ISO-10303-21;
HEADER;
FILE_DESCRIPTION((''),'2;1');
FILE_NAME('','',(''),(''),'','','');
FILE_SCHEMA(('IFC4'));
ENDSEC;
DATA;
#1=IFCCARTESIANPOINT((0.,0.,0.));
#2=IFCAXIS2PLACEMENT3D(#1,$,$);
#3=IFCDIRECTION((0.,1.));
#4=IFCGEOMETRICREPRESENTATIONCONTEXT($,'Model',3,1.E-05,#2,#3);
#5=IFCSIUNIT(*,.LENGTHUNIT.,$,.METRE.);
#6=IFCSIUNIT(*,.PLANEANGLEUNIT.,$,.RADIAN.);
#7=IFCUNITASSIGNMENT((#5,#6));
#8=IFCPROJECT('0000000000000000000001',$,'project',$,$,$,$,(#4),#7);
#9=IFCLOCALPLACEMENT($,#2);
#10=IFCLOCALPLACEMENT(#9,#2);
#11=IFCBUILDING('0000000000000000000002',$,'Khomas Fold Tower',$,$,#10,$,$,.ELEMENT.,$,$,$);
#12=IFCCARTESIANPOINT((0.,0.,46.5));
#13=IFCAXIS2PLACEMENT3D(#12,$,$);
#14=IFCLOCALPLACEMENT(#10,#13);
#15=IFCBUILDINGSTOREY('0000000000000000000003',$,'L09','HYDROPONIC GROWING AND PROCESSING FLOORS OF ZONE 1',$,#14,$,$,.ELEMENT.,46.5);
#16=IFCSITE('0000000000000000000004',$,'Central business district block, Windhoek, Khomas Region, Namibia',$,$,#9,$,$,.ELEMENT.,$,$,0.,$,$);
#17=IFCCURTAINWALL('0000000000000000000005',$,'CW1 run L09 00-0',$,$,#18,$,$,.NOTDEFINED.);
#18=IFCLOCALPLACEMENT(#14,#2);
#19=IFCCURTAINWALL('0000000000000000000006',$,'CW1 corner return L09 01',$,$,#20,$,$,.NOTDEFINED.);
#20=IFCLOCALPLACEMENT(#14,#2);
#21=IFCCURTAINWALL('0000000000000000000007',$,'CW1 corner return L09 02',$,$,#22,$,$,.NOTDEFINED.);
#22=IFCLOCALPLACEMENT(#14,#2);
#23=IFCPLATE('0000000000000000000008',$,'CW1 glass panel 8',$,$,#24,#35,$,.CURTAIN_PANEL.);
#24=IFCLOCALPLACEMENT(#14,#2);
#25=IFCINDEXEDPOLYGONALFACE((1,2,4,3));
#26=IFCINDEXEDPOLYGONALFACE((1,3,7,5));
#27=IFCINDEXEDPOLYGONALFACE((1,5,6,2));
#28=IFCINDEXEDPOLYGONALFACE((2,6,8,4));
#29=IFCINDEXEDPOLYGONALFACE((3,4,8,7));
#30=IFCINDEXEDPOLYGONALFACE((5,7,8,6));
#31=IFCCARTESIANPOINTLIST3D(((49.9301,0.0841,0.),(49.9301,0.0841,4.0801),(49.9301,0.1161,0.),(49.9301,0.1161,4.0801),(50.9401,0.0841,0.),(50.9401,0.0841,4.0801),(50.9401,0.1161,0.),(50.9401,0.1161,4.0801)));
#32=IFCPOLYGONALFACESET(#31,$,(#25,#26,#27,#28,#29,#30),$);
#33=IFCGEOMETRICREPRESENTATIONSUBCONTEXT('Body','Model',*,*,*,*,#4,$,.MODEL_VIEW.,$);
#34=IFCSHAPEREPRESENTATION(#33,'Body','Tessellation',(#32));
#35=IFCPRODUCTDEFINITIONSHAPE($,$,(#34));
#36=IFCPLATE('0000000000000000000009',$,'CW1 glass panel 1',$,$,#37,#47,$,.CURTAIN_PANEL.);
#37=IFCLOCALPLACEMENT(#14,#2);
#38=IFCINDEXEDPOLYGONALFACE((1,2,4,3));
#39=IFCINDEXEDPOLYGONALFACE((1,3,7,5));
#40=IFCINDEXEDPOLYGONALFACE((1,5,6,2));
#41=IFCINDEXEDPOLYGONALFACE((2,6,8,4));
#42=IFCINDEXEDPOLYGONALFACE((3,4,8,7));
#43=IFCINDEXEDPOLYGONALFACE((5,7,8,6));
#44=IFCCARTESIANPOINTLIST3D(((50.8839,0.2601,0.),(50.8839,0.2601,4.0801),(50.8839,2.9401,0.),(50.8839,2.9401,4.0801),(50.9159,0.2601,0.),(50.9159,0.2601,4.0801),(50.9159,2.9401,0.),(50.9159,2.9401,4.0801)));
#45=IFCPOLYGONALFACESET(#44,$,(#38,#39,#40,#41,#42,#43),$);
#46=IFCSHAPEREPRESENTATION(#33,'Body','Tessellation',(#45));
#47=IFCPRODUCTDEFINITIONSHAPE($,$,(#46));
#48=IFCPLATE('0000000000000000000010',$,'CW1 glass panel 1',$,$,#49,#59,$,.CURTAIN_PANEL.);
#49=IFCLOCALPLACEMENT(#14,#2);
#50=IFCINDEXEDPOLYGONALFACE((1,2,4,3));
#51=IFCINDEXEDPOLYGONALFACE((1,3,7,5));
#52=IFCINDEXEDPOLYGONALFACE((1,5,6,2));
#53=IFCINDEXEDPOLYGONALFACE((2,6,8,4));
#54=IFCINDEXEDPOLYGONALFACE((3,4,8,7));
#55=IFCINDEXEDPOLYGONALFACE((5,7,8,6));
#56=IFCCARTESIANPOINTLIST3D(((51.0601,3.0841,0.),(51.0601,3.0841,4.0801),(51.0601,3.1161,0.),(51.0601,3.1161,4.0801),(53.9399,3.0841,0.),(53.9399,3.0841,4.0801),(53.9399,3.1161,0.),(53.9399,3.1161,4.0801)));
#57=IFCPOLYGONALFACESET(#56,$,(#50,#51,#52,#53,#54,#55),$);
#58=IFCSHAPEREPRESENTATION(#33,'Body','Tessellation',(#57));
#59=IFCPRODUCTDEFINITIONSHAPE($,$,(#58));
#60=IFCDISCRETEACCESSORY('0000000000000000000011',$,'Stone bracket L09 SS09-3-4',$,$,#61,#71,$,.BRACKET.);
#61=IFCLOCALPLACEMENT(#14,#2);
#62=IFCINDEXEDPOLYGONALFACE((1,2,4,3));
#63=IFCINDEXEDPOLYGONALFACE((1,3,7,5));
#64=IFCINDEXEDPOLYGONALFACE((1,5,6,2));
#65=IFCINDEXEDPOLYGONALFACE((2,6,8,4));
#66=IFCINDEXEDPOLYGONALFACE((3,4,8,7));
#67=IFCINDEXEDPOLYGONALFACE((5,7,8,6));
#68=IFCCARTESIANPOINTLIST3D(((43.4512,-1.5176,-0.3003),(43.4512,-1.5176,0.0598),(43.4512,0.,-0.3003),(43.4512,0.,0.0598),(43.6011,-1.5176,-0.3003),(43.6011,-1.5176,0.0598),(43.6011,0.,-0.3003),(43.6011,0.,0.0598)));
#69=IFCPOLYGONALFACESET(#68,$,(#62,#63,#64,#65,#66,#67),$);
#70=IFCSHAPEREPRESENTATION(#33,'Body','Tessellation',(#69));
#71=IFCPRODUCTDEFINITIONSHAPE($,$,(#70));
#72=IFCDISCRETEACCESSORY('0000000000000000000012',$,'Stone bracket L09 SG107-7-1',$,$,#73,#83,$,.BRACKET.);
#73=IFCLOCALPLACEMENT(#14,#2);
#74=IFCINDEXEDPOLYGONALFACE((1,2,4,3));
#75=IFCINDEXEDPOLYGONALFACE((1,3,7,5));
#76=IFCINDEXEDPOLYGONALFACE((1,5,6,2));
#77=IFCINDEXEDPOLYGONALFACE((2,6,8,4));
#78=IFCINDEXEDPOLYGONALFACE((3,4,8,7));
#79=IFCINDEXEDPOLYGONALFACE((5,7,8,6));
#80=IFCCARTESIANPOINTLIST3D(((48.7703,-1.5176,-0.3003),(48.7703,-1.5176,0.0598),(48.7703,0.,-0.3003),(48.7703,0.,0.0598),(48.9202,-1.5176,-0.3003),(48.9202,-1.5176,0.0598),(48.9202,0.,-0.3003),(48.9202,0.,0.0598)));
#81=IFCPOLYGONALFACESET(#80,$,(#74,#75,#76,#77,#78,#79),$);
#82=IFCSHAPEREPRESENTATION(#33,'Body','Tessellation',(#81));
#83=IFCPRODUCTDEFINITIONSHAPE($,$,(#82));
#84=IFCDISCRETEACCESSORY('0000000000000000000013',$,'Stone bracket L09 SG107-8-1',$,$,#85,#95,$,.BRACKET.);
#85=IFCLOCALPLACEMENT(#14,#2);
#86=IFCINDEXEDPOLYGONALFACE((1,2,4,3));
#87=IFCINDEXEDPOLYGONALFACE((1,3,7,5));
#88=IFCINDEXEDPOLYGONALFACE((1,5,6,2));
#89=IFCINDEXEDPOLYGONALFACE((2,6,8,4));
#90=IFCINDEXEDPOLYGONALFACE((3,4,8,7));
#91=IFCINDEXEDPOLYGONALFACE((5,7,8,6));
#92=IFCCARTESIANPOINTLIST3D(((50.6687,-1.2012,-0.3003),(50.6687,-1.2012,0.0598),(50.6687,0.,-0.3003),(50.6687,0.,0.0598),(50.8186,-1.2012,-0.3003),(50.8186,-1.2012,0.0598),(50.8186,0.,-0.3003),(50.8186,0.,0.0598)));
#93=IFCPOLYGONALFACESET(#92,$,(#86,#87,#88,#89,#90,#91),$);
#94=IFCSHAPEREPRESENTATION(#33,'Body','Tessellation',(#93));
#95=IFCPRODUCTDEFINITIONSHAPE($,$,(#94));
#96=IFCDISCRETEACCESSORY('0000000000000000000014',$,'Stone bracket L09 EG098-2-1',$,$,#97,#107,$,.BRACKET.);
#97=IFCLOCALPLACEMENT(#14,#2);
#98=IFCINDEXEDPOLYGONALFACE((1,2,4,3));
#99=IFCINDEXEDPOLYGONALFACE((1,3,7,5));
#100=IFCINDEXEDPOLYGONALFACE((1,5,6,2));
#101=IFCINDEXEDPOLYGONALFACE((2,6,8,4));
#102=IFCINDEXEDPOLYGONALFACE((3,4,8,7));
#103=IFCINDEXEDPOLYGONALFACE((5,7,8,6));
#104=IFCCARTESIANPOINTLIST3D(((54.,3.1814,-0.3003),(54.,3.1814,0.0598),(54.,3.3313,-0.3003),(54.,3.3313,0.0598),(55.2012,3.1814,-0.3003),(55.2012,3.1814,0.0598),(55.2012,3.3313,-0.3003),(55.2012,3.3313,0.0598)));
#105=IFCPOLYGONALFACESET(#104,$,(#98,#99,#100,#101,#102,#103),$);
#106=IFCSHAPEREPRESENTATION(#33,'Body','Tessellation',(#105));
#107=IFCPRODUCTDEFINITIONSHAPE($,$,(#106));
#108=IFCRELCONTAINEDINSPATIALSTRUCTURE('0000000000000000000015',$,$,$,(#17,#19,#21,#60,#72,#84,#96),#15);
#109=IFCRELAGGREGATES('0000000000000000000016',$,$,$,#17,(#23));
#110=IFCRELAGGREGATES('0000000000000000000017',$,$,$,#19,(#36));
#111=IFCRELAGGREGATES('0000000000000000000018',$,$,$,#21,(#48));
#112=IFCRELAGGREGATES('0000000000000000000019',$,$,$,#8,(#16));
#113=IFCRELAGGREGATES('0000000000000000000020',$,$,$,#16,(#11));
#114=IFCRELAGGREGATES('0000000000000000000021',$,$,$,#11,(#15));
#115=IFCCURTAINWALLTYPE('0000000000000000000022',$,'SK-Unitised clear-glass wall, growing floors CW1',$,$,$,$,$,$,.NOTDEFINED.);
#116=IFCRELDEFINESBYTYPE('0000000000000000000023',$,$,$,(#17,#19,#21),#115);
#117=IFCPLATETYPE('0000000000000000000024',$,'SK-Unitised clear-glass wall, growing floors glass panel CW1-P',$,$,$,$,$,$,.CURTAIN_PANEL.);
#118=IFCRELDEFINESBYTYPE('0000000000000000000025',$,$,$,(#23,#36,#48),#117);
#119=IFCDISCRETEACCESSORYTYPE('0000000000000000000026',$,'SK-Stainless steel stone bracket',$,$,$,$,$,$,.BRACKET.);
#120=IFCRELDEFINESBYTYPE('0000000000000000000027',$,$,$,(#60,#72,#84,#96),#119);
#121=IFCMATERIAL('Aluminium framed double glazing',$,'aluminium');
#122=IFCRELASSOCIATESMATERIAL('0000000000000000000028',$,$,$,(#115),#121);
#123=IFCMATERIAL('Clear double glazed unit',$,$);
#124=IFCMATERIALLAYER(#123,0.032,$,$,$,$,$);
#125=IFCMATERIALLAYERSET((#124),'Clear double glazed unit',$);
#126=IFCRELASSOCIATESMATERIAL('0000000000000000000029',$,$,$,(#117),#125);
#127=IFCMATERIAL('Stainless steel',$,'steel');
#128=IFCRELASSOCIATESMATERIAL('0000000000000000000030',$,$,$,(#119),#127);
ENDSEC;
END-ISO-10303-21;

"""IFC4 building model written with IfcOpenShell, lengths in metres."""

from ifc_helpers import new_model, si_unit, direction, frame, origin, origin_2d, place, context, subcontext, project, spatial, rectangle, extrude, source, transform, mapped, material, layer, layer_set, type_object, element, aggregate, save


model = new_model("IFC4")

# Units and contexts
model_context = context("Model", 3, precision=1e-05, world=origin(), true_north=direction((0.0, 1.0)))
body_context = subcontext(model_context, "Body", "Model", "MODEL_VIEW")
ifc_project = project(units=[si_unit("LENGTHUNIT", "METRE"), si_unit("PLANEANGLEUNIT", "RADIAN")], contexts=[model_context])

# Site, building, storey
site_placement = place(None, origin())
site = spatial("IfcSite", under=ifc_project, at=site_placement, Name="Central business district block, Windhoek, Khomas Region, Namibia", CompositionType="ELEMENT", RefElevation=0.0)
building_placement = place(site_placement, origin())
building = spatial("IfcBuilding", under=site, at=building_placement, Name="Khomas Fold Tower", CompositionType="ELEMENT")
storey_placement = place(building_placement, frame((0.0, 0.0, 46.5)))
storey = spatial("IfcBuildingStorey", under=building, at=storey_placement, Name="L09", Description="HYDROPONIC GROWING AND PROCESSING FLOORS OF ZONE 1", CompositionType="ELEMENT", Elevation=46.5)

# Shared definitions
ifc_material_1 = material(Name="Aluminium framed double glazing", Category="aluminium")
curtain_wall_type = type_object("IfcCurtainWallType", Name="SK-Unitised clear-glass wall, growing floors CW1", PredefinedType="NOTDEFINED", material=ifc_material_1)

# Curtain wall
curtain_wall_1_placement = place(storey_placement, origin())
curtain_wall_1 = element("IfcCurtainWall", 1, at=curtain_wall_1_placement, inside=storey, type_object=curtain_wall_type, Name="CW1 run L09 00-0", PredefinedType="NOTDEFINED")

# Curtain walls
curtain_wall_2_placement = place(storey_placement, origin())
curtain_wall_2 = element("IfcCurtainWall", 2, at=curtain_wall_2_placement, inside=storey, type_object=curtain_wall_type, Name="CW1 corner return L09 01", PredefinedType="NOTDEFINED")
curtain_wall_3_placement = place(storey_placement, origin())
curtain_wall_3 = element("IfcCurtainWall", 3, at=curtain_wall_3_placement, inside=storey, type_object=curtain_wall_type, Name="CW1 corner return L09 02", PredefinedType="NOTDEFINED")

# Plates
ifc_material_2 = material(Name="Clear double glazed unit")
ifc_layer_1 = layer(ifc_material_2, 0.032)
ifc_layer_set_1 = layer_set([ifc_layer_1], Name="Clear double glazed unit")
plate_type_1 = type_object("IfcPlateType", Name="SK-Unitised clear-glass wall, growing floors glass panel CW1-P", PredefinedType="CURTAIN_PANEL", material=ifc_layer_set_1)
shared_shape_1 = source(origin(), body_context, "Body", "SweptSolid", [
    extrude(rectangle(XDim=1.01, YDim=0.032, at=origin_2d()), origin(), (0.0, 0.0, 1.0), 4.0801),
])
plate_1_placement = place(storey_placement, frame((50.4351, 0.1001, 0.0), z_axis=(0.0, 0.0, 1.0), x_axis=(1.0, 0.0, 0.0)))
plate_1 = element("IfcPlate", 4, at=plate_1_placement, type_object=plate_type_1, Name="CW1 glass panel 8", PredefinedType="CURTAIN_PANEL", context=body_context, shape_type="MappedRepresentation", body=[
    mapped(shared_shape_1, transform((0.0, 0.0, 0.0))),
])
aggregate(curtain_wall_1, [plate_1])
shared_shape_2 = source(origin(), body_context, "Body", "SweptSolid", [
    extrude(rectangle(XDim=2.6799, YDim=0.032, at=origin_2d()), origin(), (0.0, 0.0, 1.0), 4.0801),
])
plate_2_placement = place(storey_placement, frame((50.8999, 1.6001, 0.0), z_axis=(0.0, 0.0, 1.0), x_axis=(0.0, 1.0, 0.0)))
plate_2 = element("IfcPlate", 5, at=plate_2_placement, type_object=plate_type_1, Name="CW1 glass panel 1", PredefinedType="CURTAIN_PANEL", context=body_context, shape_type="MappedRepresentation", body=[
    mapped(shared_shape_2, transform((0.0, 0.0, 0.0))),
])
aggregate(curtain_wall_2, [plate_2])
shared_shape_3 = source(origin(), body_context, "Body", "SweptSolid", [
    extrude(rectangle(XDim=2.8799, YDim=0.032, at=origin_2d()), origin(), (0.0, 0.0, 1.0), 4.0801),
])
plate_3_placement = place(storey_placement, frame((52.5, 3.1001, 0.0), z_axis=(0.0, 0.0, 1.0), x_axis=(1.0, 0.0, 0.0)))
plate_3 = element("IfcPlate", 6, at=plate_3_placement, type_object=plate_type_1, Name="CW1 glass panel 1", PredefinedType="CURTAIN_PANEL", context=body_context, shape_type="MappedRepresentation", body=[
    mapped(shared_shape_3, transform((0.0, 0.0, 0.0))),
])
aggregate(curtain_wall_3, [plate_3])

# Discrete accessories
ifc_material_3 = material(Name="Stainless steel", Category="steel")
discrete_accessory_type = type_object("IfcDiscreteAccessoryType", Name="SK-Stainless steel stone bracket", PredefinedType="BRACKET", material=ifc_material_3)
shared_shape_4 = source(origin(), body_context, "Body", "SweptSolid", [
    extrude(rectangle(XDim=1.5176, YDim=0.1499, at=origin_2d()), origin(), (0.0, 0.0, 1.0), 0.3601),
])
for number, where, z_axis, x_axis, name in (
    (7, (43.5261, -0.7588, -0.3003), (0.0, 0.0, 1.0), (0.0, -1.0, 0.0), "Stone bracket L09 SS09-3-4"),
    (8, (48.8452, -0.7588, -0.3003), (0.0, 0.0, 1.0), (0.0, -1.0, 0.0), "Stone bracket L09 SG107-7-1"),
):
    element("IfcDiscreteAccessory", number, at=place(storey_placement, frame(where, z_axis=z_axis, x_axis=x_axis)), inside=storey, type_object=discrete_accessory_type, Name=name, PredefinedType="BRACKET", context=body_context, shape_type="MappedRepresentation", body=[
        mapped(shared_shape_4, transform((0.0, 0.0, 0.0))),
    ])
shared_shape_5 = source(origin(), body_context, "Body", "SweptSolid", [
    extrude(rectangle(XDim=1.2012, YDim=0.1499, at=origin_2d()), origin(), (0.0, 0.0, 1.0), 0.3601),
])
for number, where, z_axis, x_axis, name in (
    (9, (50.7437, -0.6006, -0.3003), (0.0, 0.0, 1.0), (0.0, -1.0, 0.0), "Stone bracket L09 SG107-8-1"),
    (10, (54.6006, 3.2563, -0.3003), (0.0, 0.0, 1.0), (1.0, 0.0, 0.0), "Stone bracket L09 EG098-2-1"),
):
    element("IfcDiscreteAccessory", number, at=place(storey_placement, frame(where, z_axis=z_axis, x_axis=x_axis)), inside=storey, type_object=discrete_accessory_type, Name=name, PredefinedType="BRACKET", context=body_context, shape_type="MappedRepresentation", body=[
        mapped(shared_shape_5, transform((0.0, 0.0, 0.0))),
    ])

save(model, "model.ifc")
